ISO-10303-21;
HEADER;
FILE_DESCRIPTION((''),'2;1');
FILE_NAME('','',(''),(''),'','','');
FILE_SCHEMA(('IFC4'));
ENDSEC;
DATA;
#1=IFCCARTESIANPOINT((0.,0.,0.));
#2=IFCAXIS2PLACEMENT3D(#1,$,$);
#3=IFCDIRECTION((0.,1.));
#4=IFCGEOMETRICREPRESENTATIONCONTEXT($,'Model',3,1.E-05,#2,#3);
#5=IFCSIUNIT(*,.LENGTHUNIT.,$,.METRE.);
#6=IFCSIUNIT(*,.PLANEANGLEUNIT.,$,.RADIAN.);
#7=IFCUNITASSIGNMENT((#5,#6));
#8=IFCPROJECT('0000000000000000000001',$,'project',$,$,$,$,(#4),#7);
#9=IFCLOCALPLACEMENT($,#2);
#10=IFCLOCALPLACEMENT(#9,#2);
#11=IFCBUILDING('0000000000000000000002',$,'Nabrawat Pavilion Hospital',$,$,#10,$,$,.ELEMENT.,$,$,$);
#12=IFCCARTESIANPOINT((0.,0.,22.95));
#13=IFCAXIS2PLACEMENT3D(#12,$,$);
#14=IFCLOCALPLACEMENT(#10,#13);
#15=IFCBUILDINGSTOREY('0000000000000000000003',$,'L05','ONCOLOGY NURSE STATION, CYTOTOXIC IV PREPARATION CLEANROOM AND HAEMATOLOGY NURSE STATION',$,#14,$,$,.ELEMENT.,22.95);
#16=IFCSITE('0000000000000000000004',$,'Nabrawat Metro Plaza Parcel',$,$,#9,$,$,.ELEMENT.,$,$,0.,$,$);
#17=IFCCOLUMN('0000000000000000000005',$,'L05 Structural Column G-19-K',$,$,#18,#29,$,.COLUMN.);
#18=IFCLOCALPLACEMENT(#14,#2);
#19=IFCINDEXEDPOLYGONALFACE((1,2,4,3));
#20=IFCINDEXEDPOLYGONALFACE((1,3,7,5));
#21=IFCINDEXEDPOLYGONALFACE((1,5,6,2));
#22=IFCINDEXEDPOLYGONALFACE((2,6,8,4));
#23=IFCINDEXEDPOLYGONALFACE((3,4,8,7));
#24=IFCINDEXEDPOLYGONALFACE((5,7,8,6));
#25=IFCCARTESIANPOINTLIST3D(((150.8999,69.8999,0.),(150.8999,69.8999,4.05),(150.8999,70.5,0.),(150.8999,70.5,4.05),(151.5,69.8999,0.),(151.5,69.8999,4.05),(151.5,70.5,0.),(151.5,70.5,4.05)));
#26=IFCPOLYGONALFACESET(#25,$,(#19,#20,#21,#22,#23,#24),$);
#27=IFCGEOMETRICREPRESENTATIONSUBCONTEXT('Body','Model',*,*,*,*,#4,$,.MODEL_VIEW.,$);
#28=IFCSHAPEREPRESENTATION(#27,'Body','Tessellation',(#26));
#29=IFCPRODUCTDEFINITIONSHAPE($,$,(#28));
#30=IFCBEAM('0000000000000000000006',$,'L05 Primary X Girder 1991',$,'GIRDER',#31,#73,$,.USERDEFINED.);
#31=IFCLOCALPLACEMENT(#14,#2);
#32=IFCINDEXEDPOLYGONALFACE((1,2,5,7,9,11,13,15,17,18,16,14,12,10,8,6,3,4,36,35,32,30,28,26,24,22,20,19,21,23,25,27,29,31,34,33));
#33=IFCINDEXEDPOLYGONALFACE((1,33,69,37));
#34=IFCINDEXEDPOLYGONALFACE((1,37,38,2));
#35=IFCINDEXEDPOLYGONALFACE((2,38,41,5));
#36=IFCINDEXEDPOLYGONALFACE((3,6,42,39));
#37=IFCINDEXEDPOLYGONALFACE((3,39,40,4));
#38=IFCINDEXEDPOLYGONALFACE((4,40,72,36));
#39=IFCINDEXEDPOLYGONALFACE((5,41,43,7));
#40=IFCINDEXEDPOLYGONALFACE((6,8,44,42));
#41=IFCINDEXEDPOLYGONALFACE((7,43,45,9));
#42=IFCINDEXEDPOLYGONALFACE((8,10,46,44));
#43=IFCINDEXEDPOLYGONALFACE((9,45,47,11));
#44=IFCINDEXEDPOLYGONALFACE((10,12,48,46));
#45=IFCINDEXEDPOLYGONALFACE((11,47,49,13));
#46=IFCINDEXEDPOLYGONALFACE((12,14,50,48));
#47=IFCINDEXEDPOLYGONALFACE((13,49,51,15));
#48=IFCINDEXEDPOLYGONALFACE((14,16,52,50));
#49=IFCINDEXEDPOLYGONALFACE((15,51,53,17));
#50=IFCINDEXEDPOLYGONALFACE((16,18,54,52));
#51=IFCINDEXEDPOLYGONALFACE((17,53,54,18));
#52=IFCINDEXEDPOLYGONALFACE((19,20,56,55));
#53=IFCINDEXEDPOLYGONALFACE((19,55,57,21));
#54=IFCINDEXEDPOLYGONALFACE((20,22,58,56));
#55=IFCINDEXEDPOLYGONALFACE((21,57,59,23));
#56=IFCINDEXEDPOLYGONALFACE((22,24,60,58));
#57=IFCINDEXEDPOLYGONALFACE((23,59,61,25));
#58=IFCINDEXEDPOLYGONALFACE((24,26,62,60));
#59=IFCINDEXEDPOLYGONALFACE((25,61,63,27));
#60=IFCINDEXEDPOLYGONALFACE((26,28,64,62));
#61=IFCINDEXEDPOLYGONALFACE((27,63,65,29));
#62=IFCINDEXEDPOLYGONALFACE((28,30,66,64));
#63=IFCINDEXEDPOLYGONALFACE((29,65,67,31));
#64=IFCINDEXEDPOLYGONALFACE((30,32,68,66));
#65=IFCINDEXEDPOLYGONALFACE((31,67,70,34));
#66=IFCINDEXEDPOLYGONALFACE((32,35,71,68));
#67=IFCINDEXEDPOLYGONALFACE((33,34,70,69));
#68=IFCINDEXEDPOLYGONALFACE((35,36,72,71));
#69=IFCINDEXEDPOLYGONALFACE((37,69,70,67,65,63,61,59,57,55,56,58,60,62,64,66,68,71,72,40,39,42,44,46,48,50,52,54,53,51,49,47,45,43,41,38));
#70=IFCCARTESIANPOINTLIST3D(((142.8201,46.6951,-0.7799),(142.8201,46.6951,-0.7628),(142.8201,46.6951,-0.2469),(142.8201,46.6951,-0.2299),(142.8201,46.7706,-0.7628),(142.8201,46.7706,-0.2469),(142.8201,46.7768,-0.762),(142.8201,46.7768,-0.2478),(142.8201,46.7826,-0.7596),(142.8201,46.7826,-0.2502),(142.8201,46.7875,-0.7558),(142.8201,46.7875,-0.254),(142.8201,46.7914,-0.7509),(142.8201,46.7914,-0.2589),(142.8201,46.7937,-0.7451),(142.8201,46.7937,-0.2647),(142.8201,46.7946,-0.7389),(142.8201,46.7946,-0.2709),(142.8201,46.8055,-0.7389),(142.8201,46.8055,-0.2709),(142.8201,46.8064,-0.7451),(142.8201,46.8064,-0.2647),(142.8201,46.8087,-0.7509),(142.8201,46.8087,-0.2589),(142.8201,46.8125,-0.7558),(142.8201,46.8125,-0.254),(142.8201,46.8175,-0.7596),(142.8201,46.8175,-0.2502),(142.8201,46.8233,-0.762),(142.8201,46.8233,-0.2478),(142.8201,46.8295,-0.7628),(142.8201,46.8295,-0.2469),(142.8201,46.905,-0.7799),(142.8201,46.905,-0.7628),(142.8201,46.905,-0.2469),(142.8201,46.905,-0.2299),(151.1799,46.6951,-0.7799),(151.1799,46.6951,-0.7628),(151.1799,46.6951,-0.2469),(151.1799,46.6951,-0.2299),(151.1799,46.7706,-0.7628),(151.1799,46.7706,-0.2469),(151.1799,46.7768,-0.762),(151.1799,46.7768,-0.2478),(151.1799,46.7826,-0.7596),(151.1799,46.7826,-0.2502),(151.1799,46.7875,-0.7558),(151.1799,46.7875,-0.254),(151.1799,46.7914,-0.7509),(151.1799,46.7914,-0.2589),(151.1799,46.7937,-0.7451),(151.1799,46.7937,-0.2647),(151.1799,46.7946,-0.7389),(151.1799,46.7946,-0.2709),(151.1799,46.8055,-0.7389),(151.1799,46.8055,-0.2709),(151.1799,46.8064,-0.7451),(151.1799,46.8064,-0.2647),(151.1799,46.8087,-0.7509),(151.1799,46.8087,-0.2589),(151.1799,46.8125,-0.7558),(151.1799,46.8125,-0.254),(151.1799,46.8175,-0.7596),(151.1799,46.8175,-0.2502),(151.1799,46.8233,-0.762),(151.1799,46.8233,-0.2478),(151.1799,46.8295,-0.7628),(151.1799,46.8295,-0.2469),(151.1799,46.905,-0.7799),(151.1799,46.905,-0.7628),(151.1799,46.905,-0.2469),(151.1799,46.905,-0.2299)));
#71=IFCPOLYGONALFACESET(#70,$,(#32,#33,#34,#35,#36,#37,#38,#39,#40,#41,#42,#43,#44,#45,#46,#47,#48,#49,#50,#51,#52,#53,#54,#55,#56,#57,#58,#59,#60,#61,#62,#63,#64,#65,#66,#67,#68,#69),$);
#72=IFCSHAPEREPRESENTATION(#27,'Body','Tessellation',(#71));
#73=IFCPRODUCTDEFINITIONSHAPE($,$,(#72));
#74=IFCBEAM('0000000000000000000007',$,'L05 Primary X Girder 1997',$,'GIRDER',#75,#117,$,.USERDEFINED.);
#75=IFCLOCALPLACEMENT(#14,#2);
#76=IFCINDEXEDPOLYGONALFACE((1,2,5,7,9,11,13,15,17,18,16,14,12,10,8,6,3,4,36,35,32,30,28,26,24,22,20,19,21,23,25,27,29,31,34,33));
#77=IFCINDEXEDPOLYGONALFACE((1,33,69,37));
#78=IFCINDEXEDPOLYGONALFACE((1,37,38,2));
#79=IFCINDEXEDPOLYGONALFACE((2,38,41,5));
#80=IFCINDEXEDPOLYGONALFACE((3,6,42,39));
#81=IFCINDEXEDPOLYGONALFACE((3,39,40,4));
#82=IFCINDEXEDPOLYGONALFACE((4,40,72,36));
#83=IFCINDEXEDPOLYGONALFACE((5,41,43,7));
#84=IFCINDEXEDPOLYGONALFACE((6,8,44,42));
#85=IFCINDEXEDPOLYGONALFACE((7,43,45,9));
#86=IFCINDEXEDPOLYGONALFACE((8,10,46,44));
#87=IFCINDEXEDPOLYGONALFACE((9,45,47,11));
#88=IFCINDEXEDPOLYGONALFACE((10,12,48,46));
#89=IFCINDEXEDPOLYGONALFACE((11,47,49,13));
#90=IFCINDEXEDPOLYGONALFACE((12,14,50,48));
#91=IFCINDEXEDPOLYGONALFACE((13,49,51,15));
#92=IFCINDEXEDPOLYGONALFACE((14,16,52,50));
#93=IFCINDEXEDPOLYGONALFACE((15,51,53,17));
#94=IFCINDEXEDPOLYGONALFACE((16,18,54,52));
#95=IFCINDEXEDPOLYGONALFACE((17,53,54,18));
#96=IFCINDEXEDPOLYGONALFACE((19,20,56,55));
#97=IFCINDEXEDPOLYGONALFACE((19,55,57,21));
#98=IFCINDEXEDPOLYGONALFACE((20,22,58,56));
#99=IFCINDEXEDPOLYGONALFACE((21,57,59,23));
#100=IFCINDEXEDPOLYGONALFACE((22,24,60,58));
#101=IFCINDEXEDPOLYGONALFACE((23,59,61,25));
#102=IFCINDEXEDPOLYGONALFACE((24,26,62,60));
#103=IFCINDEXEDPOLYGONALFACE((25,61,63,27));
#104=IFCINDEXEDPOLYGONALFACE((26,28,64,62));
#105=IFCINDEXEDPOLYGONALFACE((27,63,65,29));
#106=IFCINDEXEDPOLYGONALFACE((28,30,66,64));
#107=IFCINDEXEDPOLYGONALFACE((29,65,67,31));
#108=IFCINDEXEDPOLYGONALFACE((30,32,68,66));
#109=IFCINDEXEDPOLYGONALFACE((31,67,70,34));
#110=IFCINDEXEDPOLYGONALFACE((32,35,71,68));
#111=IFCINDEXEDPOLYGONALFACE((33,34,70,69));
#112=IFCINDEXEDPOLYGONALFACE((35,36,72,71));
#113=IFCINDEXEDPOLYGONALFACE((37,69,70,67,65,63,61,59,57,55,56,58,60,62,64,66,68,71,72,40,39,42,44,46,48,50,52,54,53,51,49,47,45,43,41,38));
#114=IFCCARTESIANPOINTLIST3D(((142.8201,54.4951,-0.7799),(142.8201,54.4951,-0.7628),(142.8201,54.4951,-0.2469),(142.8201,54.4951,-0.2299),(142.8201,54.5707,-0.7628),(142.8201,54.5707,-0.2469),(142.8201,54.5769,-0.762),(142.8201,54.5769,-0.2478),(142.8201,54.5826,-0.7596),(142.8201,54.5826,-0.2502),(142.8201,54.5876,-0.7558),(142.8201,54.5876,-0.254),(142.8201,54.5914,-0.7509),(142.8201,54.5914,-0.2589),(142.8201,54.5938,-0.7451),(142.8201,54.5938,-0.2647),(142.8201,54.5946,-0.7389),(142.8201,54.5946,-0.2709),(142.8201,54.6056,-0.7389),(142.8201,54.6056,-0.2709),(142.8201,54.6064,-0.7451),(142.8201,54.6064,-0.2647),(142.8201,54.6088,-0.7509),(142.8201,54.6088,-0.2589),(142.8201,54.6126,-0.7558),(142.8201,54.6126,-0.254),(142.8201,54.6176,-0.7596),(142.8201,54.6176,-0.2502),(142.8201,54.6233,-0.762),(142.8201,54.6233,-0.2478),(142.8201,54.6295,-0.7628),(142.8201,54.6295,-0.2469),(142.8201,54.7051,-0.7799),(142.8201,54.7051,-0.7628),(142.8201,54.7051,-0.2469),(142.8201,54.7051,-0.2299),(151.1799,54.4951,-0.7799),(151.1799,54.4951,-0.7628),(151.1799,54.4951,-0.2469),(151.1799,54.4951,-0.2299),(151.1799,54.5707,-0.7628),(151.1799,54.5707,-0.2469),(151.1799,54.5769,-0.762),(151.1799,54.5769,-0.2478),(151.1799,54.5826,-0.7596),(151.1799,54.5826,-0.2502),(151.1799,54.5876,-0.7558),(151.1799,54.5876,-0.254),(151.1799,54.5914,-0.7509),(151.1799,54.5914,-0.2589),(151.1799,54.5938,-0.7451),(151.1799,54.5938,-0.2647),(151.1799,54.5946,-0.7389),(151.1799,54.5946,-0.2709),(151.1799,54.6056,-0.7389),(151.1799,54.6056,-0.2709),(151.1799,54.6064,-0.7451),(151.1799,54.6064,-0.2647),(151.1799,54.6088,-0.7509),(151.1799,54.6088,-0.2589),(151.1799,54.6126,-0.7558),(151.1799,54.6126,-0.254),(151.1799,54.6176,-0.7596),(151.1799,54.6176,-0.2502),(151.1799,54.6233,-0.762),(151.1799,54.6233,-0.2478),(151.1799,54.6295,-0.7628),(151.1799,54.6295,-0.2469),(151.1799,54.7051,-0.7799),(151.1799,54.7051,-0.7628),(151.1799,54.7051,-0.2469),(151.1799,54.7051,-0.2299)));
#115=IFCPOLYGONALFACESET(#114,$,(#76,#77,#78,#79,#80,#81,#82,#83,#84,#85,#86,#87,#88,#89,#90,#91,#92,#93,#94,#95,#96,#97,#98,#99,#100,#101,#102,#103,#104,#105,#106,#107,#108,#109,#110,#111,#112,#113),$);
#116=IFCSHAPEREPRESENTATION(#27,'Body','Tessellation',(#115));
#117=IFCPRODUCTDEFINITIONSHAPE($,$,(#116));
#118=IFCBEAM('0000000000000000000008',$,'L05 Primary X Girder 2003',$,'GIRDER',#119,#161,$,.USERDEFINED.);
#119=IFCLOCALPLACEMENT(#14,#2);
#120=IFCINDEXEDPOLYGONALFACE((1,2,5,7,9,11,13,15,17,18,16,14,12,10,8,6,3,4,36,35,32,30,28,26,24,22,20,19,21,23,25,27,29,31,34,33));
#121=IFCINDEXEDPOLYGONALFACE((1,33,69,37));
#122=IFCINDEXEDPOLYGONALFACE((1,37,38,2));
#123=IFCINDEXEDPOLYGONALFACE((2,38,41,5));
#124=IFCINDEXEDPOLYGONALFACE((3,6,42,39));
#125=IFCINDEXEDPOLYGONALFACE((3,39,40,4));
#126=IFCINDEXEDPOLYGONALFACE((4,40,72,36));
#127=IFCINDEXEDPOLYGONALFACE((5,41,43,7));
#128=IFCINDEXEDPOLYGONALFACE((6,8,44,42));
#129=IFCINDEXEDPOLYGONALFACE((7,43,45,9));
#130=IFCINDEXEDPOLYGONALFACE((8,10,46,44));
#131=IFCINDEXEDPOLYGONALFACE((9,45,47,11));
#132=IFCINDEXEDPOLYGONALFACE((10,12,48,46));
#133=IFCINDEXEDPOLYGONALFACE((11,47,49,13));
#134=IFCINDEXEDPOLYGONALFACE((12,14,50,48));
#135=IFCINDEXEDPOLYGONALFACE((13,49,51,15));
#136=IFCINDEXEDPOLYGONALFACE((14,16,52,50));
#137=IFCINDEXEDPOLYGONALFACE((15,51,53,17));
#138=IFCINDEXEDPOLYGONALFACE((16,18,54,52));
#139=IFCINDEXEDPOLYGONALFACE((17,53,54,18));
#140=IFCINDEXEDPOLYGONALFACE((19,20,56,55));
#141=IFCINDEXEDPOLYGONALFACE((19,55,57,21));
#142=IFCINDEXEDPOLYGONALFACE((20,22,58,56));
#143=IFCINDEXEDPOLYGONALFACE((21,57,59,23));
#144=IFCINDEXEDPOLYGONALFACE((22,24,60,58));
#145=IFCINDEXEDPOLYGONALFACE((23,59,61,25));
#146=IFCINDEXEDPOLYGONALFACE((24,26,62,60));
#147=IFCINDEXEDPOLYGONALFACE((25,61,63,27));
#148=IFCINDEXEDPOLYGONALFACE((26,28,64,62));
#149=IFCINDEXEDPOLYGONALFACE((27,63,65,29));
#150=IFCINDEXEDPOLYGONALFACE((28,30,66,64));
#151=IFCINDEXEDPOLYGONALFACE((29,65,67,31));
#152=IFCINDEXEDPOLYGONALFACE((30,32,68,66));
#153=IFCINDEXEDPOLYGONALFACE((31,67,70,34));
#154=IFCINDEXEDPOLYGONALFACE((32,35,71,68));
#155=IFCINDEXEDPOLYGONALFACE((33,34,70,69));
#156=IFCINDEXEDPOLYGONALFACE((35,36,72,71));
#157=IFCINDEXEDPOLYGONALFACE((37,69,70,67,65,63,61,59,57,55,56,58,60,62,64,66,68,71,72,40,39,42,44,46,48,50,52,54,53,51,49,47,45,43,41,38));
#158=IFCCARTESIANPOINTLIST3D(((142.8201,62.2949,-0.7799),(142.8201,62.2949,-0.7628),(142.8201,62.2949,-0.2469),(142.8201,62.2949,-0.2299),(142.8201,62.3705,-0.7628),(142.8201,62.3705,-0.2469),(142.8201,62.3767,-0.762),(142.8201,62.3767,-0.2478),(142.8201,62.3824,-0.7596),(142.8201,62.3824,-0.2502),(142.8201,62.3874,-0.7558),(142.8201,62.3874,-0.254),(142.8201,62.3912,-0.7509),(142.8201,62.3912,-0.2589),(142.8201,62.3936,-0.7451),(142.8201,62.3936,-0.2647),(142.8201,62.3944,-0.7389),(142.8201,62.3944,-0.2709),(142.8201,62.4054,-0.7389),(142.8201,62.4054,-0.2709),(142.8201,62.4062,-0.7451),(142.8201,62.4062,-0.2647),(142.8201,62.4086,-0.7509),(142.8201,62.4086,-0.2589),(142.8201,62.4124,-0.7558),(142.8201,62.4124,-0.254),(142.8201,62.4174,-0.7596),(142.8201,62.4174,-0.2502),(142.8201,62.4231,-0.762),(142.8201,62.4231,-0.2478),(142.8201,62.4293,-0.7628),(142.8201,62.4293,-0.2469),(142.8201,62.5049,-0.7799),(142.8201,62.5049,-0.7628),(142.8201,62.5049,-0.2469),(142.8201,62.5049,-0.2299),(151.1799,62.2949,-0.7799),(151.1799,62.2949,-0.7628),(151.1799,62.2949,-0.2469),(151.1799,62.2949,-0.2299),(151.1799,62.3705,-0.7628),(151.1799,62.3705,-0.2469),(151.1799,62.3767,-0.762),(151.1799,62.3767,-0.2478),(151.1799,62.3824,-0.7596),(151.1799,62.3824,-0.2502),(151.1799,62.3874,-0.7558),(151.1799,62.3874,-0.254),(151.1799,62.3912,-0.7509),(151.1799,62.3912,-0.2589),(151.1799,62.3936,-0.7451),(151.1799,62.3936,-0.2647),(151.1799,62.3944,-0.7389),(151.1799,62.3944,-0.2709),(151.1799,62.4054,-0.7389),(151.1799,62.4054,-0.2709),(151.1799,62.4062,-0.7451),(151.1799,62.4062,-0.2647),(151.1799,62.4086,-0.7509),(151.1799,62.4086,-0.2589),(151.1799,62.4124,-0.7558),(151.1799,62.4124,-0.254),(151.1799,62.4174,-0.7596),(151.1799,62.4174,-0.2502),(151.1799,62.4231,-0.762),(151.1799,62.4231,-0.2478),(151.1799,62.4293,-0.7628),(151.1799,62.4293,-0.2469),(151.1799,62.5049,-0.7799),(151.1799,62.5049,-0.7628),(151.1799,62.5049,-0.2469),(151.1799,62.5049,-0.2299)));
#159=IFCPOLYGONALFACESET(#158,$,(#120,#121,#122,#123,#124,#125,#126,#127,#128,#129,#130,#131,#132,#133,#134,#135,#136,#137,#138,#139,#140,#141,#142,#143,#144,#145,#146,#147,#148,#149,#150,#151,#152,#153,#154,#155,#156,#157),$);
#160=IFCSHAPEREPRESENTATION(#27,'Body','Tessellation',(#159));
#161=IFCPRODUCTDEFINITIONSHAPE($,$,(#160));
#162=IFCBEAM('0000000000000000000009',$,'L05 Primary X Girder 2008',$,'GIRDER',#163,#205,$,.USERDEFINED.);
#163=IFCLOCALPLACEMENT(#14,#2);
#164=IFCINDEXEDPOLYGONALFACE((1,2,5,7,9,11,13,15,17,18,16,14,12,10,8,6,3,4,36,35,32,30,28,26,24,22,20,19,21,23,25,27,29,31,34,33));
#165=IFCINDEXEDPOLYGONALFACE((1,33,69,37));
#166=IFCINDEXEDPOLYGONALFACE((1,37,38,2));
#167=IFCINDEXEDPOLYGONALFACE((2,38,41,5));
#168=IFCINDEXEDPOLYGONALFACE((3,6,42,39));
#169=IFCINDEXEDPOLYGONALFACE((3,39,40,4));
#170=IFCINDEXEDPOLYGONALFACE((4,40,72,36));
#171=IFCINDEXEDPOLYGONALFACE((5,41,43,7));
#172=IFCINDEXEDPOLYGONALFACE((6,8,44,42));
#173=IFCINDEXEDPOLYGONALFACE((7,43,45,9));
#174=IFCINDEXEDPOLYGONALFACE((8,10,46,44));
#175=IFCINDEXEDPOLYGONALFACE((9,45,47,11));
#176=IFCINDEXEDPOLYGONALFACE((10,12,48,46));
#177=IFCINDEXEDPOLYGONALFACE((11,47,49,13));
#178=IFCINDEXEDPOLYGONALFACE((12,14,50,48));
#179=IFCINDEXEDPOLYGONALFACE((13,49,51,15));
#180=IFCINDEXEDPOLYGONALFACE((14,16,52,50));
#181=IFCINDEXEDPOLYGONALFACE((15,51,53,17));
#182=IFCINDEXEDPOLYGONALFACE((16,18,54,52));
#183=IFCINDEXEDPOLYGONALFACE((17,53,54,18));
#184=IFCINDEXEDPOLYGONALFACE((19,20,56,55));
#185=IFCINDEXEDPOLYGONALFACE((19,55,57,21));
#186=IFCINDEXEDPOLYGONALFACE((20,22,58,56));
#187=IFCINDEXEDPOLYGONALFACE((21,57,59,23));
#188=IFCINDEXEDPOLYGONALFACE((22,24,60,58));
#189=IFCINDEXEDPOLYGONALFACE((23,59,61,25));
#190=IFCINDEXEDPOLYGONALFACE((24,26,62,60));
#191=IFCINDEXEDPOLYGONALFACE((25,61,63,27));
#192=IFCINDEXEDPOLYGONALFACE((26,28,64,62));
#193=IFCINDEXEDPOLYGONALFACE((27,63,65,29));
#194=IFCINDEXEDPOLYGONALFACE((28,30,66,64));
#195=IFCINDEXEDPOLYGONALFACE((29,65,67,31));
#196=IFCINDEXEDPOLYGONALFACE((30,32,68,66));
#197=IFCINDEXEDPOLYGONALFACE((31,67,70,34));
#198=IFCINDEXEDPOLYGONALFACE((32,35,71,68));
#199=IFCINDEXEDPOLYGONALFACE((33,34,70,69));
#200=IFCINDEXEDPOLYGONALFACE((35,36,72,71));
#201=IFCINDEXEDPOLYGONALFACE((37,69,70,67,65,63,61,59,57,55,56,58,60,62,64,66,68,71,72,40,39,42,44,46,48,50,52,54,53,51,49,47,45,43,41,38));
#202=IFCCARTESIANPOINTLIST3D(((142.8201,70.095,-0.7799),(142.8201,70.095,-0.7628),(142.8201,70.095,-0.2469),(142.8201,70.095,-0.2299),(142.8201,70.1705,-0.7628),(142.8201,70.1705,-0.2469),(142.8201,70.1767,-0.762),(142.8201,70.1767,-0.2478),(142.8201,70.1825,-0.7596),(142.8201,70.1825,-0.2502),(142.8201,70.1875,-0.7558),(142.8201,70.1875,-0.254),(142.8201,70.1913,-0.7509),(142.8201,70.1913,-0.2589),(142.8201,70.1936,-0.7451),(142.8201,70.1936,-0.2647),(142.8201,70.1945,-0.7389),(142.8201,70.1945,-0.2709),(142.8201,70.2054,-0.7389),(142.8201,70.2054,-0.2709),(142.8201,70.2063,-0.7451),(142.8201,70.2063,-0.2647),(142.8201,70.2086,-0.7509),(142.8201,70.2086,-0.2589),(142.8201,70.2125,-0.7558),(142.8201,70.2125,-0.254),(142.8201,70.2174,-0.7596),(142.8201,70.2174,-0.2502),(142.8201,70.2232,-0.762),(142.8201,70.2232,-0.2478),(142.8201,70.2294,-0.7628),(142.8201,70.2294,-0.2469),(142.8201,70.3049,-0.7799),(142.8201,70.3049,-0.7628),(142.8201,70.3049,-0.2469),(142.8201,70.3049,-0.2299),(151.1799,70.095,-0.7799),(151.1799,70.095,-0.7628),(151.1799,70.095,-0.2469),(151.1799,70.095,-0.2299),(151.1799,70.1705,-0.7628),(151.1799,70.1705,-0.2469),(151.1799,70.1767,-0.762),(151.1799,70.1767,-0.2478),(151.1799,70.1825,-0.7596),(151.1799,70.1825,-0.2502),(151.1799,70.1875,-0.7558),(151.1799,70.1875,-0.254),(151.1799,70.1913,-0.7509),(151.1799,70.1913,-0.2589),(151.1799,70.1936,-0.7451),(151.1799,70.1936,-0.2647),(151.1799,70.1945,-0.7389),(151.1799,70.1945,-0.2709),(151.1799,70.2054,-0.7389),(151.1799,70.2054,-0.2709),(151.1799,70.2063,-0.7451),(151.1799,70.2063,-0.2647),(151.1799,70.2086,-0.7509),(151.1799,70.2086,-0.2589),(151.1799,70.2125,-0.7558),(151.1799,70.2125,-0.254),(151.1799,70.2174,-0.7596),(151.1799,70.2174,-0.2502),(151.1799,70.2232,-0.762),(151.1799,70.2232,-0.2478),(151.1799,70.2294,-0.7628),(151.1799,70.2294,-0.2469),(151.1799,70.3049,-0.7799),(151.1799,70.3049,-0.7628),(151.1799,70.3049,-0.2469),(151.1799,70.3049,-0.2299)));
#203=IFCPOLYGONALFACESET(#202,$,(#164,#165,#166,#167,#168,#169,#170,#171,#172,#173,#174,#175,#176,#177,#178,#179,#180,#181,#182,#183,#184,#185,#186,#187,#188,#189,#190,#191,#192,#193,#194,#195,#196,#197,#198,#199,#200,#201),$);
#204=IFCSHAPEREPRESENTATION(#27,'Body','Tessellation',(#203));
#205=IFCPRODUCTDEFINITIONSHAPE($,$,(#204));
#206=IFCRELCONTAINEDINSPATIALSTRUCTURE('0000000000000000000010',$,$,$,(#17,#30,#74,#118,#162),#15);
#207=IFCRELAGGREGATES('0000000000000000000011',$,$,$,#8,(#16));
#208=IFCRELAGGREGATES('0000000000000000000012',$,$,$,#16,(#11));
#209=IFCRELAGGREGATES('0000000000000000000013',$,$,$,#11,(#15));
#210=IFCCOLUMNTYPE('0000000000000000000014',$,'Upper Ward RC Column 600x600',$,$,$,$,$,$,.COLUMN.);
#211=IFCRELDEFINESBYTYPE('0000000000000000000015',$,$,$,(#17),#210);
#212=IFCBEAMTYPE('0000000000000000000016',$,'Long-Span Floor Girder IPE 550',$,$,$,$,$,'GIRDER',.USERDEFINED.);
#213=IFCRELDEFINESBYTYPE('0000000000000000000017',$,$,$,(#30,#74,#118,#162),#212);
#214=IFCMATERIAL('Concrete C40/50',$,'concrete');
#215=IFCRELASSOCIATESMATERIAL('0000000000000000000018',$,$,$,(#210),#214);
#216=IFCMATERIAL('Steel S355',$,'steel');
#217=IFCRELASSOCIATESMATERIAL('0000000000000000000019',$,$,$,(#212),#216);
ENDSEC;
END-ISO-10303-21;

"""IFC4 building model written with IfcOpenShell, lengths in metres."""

from ifc_helpers import new_model, si_unit, direction, frame, origin, origin_2d, place, context, subcontext, project, spatial, rectangle, i_section, extrude, material, material_profile, profile_set, type_object, element, save


model = new_model("IFC4")

# Units and contexts
model_context = context("Model", 3, precision=1e-05, world=origin(), true_north=direction((0.0, 1.0)))
body_context = subcontext(model_context, "Body", "Model", "MODEL_VIEW")
ifc_project = project(units=[si_unit("LENGTHUNIT", "METRE"), si_unit("PLANEANGLEUNIT", "RADIAN")], contexts=[model_context])

# Site, building, storey
site_placement = place(None, origin())
site = spatial("IfcSite", under=ifc_project, at=site_placement, Name="Nabrawat Metro Plaza Parcel", CompositionType="ELEMENT", RefElevation=0.0)
building_placement = place(site_placement, origin())
building = spatial("IfcBuilding", under=site, at=building_placement, Name="Nabrawat Pavilion Hospital", CompositionType="ELEMENT")
storey_placement = place(building_placement, frame((0.0, 0.0, 22.95)))
storey = spatial("IfcBuildingStorey", under=building, at=storey_placement, Name="L05", Description="ONCOLOGY NURSE STATION, CYTOTOXIC IV PREPARATION CLEANROOM AND HAEMATOLOGY NURSE STATION", CompositionType="ELEMENT", Elevation=22.95)

# Column
ifc_material_1 = material(Name="Steel S355", Category="steel")
ifc_material_2 = material(Name="Concrete C40/50", Category="concrete")
ifc_material_profile_1 = material_profile(ifc_material_2, rectangle(XDim=0.6001, YDim=0.6001, at=origin_2d()), Name="RC 600x600")
ifc_profile_set_1 = profile_set([ifc_material_profile_1], Name="Concrete C40/50")
column_type_1 = type_object("IfcColumnType", Name="Upper Ward RC Column 600x600", PredefinedType="COLUMN", material=ifc_profile_set_1)
for number, where, z_axis, x_axis, name in (
    (1, (151.2, 70.2, 0.0), (0.0, 0.0, 1.0), (1.0, 0.0, 0.0), "L05 Structural Column G-19-K"),
):
    element("IfcColumn", number, at=place(storey_placement, frame(where, z_axis=z_axis, x_axis=x_axis)), inside=storey, type_object=column_type_1, Name=name, PredefinedType="COLUMN", context=body_context, shape_type="SweptSolid", body=[
        extrude(rectangle(XDim=0.6001, YDim=0.6001, at=origin_2d()), origin(), (0.0, 0.0, 1.0), 4.05),
    ])

# Beams
ifc_material_profile_2 = material_profile(ifc_material_1, i_section(OverallWidth=0.21, OverallDepth=0.55, WebThickness=0.011, FlangeThickness=0.0171, FilletRadius=0.0239, at=origin_2d()), Name="IPE 550")
ifc_profile_set_2 = profile_set([ifc_material_profile_2], Name="Steel S355")
beam_type_1 = type_object("IfcBeamType", Name="Long-Span Floor Girder IPE 550", ElementType="GIRDER", PredefinedType="USERDEFINED", material=ifc_profile_set_2)
for number, where, z_axis, x_axis, name in (
    (2, (142.8201, 46.8, -0.5049), (1.0, 0.0, 0.0), (0.0, 1.0, 0.0), "L05 Primary X Girder 1991"),
    (3, (142.8201, 54.6001, -0.5049), (1.0, 0.0, 0.0), (0.0, 1.0, 0.0), "L05 Primary X Girder 1997"),
    (4, (142.8201, 62.3999, -0.5049), (1.0, 0.0, 0.0), (0.0, 1.0, 0.0), "L05 Primary X Girder 2003"),
    (5, (142.8201, 70.2, -0.5049), (1.0, 0.0, 0.0), (0.0, 1.0, 0.0), "L05 Primary X Girder 2008"),
):
    element("IfcBeam", number, at=place(storey_placement, frame(where, z_axis=z_axis, x_axis=x_axis)), inside=storey, type_object=beam_type_1, Name=name, ObjectType="GIRDER", PredefinedType="USERDEFINED", context=body_context, shape_type="SweptSolid", body=[
        extrude(i_section(OverallWidth=0.21, OverallDepth=0.55, WebThickness=0.011, FlangeThickness=0.0171, FilletRadius=0.0239, at=origin_2d()), origin(), (0.0, 0.0, 1.0), 8.3599),
    ])

save(model, "model.ifc")
